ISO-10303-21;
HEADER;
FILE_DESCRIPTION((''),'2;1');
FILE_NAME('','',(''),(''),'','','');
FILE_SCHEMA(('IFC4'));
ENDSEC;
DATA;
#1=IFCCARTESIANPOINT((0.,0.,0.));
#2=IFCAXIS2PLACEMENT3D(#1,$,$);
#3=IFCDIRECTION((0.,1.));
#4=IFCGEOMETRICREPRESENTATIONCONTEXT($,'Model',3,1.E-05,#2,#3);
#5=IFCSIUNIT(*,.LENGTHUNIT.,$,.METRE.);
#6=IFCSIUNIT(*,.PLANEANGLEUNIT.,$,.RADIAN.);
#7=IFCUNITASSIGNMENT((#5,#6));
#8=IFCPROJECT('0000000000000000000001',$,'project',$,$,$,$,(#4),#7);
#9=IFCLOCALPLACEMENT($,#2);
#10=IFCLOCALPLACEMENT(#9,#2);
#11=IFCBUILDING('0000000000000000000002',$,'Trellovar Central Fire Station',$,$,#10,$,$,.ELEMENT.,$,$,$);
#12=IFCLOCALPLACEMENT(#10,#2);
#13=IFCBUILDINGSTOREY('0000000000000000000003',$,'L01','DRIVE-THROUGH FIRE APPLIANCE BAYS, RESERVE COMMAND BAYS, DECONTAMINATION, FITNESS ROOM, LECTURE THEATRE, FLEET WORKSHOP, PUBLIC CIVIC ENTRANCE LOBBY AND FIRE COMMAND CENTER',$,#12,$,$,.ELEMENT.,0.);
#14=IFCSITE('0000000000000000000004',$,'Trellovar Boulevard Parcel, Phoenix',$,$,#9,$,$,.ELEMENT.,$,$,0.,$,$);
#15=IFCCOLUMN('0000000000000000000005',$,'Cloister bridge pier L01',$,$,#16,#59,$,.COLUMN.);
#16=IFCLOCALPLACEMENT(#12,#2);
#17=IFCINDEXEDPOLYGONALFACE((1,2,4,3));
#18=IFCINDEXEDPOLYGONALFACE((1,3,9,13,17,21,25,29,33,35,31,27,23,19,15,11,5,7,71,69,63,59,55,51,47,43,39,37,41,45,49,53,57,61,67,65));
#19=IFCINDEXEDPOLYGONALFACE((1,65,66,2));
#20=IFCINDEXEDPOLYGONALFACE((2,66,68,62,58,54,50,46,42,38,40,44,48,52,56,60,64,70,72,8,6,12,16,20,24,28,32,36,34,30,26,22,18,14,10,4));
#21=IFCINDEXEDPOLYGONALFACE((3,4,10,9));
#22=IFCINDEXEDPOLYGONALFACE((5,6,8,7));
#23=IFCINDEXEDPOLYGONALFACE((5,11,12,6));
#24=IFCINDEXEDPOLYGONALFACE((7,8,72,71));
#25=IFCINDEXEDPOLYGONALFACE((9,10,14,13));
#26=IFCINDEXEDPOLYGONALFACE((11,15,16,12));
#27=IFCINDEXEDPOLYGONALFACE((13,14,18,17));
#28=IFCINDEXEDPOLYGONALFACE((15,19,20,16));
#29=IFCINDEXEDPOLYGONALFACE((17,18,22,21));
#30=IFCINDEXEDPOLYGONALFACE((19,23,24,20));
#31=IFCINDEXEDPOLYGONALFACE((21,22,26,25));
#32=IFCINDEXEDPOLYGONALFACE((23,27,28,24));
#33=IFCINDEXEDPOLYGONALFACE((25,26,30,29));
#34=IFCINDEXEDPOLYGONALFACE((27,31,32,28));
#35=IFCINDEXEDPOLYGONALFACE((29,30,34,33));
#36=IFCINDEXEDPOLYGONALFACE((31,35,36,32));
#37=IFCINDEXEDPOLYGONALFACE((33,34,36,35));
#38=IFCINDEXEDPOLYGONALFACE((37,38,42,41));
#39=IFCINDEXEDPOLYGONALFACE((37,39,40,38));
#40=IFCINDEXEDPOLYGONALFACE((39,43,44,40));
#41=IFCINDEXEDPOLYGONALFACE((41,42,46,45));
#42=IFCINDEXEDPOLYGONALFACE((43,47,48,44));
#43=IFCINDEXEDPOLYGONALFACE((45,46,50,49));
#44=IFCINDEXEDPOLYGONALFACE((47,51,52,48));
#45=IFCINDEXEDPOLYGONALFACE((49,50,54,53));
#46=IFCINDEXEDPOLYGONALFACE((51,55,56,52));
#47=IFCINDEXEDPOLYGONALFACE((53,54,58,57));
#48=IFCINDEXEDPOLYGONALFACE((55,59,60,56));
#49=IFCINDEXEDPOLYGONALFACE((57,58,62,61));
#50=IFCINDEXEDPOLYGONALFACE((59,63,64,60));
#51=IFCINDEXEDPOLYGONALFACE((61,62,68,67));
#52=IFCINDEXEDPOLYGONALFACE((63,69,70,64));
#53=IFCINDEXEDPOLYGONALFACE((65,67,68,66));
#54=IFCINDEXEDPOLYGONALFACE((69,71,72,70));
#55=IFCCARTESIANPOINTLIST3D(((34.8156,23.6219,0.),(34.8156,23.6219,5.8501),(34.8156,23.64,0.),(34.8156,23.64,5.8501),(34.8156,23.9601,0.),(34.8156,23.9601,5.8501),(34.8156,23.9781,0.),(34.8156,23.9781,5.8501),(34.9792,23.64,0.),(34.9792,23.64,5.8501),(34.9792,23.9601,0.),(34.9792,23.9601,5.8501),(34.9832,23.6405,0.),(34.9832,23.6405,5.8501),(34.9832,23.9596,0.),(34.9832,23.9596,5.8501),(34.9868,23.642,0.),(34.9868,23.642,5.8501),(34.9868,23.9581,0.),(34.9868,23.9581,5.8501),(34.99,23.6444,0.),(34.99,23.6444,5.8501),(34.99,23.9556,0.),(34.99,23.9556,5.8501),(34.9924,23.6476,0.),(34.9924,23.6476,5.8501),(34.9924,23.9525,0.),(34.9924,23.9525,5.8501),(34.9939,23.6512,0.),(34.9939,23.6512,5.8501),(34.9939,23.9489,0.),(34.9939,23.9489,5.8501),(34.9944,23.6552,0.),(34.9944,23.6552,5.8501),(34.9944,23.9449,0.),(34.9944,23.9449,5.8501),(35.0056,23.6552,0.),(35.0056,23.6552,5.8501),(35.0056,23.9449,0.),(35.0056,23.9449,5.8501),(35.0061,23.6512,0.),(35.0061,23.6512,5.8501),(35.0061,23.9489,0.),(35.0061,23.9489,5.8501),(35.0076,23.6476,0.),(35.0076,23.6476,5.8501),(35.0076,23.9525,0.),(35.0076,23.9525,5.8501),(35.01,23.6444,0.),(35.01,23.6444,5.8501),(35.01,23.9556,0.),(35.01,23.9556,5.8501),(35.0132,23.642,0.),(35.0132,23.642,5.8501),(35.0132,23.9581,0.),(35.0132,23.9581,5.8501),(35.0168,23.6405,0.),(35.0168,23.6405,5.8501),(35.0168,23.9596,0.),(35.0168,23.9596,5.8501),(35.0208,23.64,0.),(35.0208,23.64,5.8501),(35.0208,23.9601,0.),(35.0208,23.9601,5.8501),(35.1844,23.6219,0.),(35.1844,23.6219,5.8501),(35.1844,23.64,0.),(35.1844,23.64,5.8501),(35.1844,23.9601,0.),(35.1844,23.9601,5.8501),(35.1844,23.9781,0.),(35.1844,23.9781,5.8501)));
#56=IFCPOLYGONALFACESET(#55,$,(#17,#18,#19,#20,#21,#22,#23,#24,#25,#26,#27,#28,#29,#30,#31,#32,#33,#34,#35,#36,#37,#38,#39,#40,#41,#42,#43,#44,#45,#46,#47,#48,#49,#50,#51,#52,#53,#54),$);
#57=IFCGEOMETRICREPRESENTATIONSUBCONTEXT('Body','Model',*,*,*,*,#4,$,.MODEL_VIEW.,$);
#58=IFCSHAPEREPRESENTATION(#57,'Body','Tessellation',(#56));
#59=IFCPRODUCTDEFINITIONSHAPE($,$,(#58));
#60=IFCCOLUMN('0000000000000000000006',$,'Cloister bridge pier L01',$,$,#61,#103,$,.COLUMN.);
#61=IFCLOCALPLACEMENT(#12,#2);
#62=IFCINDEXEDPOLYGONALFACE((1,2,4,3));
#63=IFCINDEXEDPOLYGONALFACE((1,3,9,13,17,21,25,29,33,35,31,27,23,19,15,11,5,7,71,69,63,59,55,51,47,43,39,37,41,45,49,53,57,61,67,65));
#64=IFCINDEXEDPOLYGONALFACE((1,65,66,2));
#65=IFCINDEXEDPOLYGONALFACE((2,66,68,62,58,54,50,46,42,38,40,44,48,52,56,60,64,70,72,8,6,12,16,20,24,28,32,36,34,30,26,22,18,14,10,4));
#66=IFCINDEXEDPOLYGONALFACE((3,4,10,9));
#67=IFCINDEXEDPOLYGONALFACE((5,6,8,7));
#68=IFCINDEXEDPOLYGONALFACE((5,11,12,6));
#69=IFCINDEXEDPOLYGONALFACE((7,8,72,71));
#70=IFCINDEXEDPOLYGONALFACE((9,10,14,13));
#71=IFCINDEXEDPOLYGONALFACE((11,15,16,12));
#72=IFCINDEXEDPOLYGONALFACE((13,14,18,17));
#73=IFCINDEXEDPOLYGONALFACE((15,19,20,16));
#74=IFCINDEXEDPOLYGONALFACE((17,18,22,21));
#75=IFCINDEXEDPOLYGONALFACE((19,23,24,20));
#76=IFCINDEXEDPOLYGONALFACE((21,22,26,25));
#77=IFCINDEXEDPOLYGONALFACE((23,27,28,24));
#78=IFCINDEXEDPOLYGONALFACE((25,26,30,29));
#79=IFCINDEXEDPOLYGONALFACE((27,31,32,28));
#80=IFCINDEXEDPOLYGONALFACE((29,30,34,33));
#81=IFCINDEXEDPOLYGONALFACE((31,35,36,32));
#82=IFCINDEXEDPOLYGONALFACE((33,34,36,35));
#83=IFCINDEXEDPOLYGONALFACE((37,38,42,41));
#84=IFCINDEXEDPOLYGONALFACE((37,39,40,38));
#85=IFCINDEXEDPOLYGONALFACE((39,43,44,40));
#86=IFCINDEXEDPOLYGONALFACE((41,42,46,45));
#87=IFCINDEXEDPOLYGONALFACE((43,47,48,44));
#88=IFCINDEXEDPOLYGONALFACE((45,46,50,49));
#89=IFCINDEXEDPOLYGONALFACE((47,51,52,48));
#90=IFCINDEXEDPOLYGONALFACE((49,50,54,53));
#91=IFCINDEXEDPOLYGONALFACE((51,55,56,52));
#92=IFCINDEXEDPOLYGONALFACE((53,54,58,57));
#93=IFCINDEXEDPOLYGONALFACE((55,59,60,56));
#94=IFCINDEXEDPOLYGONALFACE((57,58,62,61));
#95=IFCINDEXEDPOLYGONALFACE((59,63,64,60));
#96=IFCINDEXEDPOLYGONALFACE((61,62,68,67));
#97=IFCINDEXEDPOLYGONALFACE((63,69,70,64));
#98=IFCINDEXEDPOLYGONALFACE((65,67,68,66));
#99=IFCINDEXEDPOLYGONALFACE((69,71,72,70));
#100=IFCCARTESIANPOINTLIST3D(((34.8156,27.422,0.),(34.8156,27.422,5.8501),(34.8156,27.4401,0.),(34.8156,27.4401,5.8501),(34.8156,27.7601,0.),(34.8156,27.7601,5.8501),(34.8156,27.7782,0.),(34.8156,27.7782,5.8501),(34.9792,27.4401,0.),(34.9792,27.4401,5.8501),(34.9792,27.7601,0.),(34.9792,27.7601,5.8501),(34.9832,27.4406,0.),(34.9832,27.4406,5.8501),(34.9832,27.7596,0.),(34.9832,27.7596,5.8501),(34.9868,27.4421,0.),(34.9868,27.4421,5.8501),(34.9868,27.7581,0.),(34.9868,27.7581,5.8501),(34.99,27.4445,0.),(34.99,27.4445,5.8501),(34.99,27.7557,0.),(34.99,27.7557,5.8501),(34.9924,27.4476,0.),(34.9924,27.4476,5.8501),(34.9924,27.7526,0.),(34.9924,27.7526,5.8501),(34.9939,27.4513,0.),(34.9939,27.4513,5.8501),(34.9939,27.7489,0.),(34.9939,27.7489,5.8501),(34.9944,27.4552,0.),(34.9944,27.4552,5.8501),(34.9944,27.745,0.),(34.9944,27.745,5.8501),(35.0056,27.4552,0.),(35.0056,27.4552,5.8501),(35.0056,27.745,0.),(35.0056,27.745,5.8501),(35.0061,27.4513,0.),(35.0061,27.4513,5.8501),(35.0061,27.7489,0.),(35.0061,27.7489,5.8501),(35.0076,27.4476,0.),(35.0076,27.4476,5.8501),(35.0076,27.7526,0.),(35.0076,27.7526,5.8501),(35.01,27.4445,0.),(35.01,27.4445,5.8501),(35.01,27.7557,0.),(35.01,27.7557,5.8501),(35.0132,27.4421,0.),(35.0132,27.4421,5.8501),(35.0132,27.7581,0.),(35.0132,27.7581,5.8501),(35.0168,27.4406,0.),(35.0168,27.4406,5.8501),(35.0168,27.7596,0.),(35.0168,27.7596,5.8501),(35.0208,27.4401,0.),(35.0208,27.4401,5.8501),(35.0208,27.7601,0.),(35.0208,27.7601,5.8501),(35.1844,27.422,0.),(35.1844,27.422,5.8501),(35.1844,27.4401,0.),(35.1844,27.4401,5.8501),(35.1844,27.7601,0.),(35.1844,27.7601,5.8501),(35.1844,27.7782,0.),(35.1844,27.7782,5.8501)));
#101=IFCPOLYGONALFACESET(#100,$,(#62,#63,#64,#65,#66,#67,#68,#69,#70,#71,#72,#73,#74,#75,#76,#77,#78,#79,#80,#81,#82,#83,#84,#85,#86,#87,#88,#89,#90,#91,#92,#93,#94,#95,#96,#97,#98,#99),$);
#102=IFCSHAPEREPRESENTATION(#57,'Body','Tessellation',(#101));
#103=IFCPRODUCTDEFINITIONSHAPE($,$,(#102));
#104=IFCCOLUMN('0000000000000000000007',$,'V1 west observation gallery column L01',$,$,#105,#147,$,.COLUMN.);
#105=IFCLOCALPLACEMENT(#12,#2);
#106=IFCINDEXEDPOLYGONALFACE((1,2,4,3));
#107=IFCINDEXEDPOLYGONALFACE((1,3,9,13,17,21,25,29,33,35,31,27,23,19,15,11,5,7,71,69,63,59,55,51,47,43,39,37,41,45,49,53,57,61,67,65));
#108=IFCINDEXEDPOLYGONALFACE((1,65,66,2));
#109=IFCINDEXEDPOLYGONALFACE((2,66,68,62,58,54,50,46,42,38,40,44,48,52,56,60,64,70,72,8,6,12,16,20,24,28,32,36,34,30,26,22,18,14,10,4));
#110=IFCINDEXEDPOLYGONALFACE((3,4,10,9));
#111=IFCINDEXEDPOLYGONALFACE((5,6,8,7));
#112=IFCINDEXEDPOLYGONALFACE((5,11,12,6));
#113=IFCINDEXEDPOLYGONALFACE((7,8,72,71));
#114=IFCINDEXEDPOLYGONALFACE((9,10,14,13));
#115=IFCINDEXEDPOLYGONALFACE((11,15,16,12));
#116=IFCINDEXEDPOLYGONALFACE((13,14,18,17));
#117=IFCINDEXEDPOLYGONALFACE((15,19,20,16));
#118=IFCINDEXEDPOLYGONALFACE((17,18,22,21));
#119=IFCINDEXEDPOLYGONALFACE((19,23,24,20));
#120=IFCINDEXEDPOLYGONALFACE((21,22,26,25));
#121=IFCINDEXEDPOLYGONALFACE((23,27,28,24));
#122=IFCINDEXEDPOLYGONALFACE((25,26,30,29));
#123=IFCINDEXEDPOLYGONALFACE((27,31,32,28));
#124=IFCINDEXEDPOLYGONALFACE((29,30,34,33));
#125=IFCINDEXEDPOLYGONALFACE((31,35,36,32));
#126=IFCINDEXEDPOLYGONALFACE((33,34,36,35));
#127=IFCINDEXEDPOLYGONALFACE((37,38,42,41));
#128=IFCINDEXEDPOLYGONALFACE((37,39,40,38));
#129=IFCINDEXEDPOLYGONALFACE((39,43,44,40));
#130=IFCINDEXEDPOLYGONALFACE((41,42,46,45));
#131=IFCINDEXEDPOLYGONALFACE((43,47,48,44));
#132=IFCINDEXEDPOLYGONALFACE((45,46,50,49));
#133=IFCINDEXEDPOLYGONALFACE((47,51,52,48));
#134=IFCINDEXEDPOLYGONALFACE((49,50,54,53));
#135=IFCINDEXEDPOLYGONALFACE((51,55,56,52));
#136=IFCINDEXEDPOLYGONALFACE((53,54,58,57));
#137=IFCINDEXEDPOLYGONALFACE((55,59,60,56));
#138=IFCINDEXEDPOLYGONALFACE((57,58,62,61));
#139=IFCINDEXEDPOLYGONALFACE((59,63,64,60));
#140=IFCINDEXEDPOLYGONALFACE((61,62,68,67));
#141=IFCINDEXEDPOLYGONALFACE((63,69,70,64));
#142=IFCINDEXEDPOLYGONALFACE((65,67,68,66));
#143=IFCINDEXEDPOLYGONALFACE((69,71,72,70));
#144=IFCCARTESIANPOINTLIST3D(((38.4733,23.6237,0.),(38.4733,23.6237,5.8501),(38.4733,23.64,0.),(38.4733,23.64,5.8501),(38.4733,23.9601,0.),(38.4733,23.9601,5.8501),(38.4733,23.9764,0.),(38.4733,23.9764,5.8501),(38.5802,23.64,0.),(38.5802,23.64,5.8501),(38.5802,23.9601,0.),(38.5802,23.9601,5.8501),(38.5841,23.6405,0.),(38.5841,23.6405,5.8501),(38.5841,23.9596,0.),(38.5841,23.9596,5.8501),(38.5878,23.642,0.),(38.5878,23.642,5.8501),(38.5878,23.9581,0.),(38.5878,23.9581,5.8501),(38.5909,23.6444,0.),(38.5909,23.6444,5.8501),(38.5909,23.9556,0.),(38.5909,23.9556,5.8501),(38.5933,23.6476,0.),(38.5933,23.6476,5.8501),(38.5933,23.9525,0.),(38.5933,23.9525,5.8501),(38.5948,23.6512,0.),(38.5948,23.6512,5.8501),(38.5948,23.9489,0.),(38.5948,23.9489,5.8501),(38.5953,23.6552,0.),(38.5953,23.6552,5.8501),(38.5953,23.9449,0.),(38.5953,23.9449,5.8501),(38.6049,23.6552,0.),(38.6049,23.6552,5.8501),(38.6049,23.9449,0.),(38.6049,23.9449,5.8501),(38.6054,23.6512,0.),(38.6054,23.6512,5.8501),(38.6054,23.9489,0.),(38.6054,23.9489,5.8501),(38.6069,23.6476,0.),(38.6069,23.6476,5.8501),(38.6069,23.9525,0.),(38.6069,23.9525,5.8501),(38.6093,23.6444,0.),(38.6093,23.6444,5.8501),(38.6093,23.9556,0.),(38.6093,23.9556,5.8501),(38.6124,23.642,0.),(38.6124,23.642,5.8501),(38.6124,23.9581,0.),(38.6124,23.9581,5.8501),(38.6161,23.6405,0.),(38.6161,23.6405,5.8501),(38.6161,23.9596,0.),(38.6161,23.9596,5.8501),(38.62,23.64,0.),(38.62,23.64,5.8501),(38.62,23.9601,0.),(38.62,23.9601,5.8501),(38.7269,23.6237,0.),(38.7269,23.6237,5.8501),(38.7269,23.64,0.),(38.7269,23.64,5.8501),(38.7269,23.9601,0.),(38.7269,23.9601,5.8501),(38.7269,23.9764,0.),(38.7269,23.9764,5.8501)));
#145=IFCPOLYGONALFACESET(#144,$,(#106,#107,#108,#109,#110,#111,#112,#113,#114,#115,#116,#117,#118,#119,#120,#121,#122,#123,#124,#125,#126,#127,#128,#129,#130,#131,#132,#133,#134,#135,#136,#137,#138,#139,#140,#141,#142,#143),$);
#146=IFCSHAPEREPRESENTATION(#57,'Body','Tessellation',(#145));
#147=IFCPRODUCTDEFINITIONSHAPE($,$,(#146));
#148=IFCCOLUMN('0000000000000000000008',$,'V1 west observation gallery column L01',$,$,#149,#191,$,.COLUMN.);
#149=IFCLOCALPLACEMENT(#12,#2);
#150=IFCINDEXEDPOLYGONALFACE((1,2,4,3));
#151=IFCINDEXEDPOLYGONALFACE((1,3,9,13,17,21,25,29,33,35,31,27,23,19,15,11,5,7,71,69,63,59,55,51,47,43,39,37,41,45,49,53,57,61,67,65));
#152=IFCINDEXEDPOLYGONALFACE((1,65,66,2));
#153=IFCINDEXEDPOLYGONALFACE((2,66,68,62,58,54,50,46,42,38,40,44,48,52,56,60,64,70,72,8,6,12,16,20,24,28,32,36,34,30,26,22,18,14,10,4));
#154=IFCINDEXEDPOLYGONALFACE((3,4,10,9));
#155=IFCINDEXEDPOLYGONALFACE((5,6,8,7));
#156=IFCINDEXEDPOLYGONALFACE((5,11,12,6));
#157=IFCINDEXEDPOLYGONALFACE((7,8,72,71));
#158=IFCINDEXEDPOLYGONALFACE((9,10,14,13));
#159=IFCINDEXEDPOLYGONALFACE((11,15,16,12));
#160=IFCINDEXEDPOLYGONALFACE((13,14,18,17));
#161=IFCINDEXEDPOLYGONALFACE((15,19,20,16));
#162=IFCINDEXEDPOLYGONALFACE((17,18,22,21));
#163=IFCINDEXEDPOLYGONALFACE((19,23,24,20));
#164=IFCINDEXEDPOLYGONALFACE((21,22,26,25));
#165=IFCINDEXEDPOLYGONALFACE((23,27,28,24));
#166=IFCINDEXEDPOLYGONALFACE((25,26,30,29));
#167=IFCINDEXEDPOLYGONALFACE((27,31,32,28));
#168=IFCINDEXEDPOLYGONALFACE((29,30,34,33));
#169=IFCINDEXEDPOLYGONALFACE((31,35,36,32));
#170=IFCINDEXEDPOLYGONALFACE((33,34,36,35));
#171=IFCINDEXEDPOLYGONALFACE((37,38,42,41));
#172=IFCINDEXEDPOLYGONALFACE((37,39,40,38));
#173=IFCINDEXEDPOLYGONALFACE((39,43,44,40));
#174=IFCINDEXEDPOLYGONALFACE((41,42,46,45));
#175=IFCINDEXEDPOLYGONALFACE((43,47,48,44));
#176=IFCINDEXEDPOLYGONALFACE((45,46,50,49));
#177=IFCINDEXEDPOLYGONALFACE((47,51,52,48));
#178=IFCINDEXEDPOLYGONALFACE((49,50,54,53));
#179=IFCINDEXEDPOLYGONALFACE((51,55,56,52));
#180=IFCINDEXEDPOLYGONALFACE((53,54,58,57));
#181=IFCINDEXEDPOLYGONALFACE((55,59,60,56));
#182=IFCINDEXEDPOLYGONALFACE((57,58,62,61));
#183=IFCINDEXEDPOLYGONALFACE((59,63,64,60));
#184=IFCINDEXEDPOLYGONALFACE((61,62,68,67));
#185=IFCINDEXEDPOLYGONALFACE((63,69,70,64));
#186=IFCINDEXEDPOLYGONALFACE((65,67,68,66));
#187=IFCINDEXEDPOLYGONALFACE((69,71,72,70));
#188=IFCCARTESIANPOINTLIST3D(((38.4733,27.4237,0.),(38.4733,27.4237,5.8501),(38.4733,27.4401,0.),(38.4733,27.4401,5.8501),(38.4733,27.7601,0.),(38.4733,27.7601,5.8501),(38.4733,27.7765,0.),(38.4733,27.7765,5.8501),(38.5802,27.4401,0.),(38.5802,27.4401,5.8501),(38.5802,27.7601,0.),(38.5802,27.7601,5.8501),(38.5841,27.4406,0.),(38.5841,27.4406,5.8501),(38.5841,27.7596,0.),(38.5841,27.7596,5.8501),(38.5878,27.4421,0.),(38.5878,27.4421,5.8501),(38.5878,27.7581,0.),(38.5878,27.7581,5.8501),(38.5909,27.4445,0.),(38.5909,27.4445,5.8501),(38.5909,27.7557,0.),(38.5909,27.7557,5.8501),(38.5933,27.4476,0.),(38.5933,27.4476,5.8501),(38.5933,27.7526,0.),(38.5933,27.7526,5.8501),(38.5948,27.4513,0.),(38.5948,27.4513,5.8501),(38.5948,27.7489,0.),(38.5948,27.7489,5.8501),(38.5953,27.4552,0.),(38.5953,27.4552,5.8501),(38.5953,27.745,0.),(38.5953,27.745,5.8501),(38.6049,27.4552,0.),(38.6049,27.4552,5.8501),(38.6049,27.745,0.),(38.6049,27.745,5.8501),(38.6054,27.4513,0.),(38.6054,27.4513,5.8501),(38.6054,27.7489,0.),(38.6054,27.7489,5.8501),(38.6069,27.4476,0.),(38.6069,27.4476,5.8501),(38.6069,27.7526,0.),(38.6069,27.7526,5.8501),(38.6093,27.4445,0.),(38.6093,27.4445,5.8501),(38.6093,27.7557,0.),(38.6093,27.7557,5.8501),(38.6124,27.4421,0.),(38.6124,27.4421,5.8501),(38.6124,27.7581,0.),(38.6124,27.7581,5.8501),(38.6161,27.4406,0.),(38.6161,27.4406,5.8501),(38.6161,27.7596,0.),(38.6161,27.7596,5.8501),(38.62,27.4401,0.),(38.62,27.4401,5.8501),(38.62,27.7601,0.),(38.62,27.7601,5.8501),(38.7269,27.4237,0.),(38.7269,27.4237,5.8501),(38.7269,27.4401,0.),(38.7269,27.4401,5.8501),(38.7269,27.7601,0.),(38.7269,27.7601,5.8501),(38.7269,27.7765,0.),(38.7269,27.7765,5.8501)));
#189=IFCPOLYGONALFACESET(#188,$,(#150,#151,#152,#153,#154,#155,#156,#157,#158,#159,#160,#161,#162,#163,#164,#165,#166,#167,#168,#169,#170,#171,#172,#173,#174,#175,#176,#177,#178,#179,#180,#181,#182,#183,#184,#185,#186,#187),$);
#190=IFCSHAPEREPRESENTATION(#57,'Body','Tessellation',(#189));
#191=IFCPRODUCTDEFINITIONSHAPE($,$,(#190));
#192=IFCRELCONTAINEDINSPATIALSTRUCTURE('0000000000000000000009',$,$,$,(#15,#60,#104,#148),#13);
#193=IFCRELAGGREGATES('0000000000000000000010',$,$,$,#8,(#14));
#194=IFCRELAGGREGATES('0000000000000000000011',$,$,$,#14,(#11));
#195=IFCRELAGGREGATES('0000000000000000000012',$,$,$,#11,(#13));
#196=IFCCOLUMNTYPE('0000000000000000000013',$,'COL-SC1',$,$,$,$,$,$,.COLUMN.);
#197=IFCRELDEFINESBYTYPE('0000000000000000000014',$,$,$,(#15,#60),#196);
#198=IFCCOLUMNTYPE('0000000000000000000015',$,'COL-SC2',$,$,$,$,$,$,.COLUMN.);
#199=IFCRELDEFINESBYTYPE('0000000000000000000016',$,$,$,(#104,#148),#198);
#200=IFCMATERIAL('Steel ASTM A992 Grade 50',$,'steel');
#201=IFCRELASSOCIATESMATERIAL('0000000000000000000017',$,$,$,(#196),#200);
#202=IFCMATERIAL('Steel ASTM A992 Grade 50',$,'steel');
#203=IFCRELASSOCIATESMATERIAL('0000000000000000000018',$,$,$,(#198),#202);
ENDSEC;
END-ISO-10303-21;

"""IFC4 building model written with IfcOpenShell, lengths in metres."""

from ifc_helpers import new_model, si_unit, direction, frame, origin, origin_2d, place, context, subcontext, project, spatial, i_section, extrude, material, material_profile, profile_set, type_object, element, save


model = new_model("IFC4")

# Units and contexts
model_context = context("Model", 3, precision=1e-05, world=origin(), true_north=direction((0.0, 1.0)))
body_context = subcontext(model_context, "Body", "Model", "MODEL_VIEW")
ifc_project = project(units=[si_unit("LENGTHUNIT", "METRE"), si_unit("PLANEANGLEUNIT", "RADIAN")], contexts=[model_context])

# Site, building, storey
site_placement = place(None, origin())
site = spatial("IfcSite", under=ifc_project, at=site_placement, Name="Trellovar Boulevard Parcel, Phoenix", CompositionType="ELEMENT", RefElevation=0.0)
building_placement = place(site_placement, origin())
building = spatial("IfcBuilding", under=site, at=building_placement, Name="Trellovar Central Fire Station", CompositionType="ELEMENT")
storey_placement = place(building_placement, origin())
storey = spatial("IfcBuildingStorey", under=building, at=storey_placement, Name="L01", Description="DRIVE-THROUGH FIRE APPLIANCE BAYS, RESERVE COMMAND BAYS, DECONTAMINATION, FITNESS ROOM, LECTURE THEATRE, FLEET WORKSHOP, PUBLIC CIVIC ENTRANCE LOBBY AND FIRE COMMAND CENTER", CompositionType="ELEMENT", Elevation=0.0)

# Columns
ifc_material_1 = material(Name="Steel ASTM A992 Grade 50", Category="steel")
ifc_material_profile_1 = material_profile(ifc_material_1, i_section(OverallWidth=0.3689, OverallDepth=0.3562, WebThickness=0.0112, FlangeThickness=0.0181, FilletRadius=0.0151, at=origin_2d()), Name="W14X90")
ifc_profile_set_1 = profile_set([ifc_material_profile_1], Name="Steel ASTM A992 Grade 50")
column_type_1 = type_object("IfcColumnType", Name="COL-SC1", PredefinedType="COLUMN", material=ifc_profile_set_1)
for number, where, z_axis, x_axis, name in (
    (1, (35.0, 23.8, 0.0), (0.0, 0.0, 1.0), (1.0, 0.0, 0.0), "Cloister bridge pier L01"),
    (2, (35.0, 27.6001, 0.0), (0.0, 0.0, 1.0), (1.0, 0.0, 0.0), "Cloister bridge pier L01"),
):
    element("IfcColumn", number, at=place(storey_placement, frame(where, z_axis=z_axis, x_axis=x_axis)), inside=storey, type_object=column_type_1, Name=name, PredefinedType="COLUMN", context=body_context, shape_type="SweptSolid", body=[
        extrude(i_section(OverallWidth=0.3689, OverallDepth=0.3562, WebThickness=0.0112, FlangeThickness=0.0181, FilletRadius=0.0151, at=origin_2d()), origin(), (0.0, 0.0, 1.0), 5.8501),
    ])
ifc_material_2 = material(Name="Steel ASTM A992 Grade 50", Category="steel")
ifc_material_profile_2 = material_profile(ifc_material_2, i_section(OverallWidth=0.2537, OverallDepth=0.3528, WebThickness=0.0095, FlangeThickness=0.0164, FilletRadius=0.0151, at=origin_2d()), Name="W14X61")
ifc_profile_set_2 = profile_set([ifc_material_profile_2], Name="Steel ASTM A992 Grade 50")
column_type_2 = type_object("IfcColumnType", Name="COL-SC2", PredefinedType="COLUMN", material=ifc_profile_set_2)
for number, where, z_axis, x_axis, name in (
    (3, (38.6001, 23.8, 0.0), (0.0, 0.0, 1.0), (1.0, 0.0, 0.0), "V1 west observation gallery column L01"),
    (4, (38.6001, 27.6001, 0.0), (0.0, 0.0, 1.0), (1.0, 0.0, 0.0), "V1 west observation gallery column L01"),
):
    element("IfcColumn", number, at=place(storey_placement, frame(where, z_axis=z_axis, x_axis=x_axis)), inside=storey, type_object=column_type_2, Name=name, PredefinedType="COLUMN", context=body_context, shape_type="SweptSolid", body=[
        extrude(i_section(OverallWidth=0.2537, OverallDepth=0.3528, WebThickness=0.0095, FlangeThickness=0.0164, FilletRadius=0.0151, at=origin_2d()), origin(), (0.0, 0.0, 1.0), 5.8501),
    ])

save(model, "model.ifc")
